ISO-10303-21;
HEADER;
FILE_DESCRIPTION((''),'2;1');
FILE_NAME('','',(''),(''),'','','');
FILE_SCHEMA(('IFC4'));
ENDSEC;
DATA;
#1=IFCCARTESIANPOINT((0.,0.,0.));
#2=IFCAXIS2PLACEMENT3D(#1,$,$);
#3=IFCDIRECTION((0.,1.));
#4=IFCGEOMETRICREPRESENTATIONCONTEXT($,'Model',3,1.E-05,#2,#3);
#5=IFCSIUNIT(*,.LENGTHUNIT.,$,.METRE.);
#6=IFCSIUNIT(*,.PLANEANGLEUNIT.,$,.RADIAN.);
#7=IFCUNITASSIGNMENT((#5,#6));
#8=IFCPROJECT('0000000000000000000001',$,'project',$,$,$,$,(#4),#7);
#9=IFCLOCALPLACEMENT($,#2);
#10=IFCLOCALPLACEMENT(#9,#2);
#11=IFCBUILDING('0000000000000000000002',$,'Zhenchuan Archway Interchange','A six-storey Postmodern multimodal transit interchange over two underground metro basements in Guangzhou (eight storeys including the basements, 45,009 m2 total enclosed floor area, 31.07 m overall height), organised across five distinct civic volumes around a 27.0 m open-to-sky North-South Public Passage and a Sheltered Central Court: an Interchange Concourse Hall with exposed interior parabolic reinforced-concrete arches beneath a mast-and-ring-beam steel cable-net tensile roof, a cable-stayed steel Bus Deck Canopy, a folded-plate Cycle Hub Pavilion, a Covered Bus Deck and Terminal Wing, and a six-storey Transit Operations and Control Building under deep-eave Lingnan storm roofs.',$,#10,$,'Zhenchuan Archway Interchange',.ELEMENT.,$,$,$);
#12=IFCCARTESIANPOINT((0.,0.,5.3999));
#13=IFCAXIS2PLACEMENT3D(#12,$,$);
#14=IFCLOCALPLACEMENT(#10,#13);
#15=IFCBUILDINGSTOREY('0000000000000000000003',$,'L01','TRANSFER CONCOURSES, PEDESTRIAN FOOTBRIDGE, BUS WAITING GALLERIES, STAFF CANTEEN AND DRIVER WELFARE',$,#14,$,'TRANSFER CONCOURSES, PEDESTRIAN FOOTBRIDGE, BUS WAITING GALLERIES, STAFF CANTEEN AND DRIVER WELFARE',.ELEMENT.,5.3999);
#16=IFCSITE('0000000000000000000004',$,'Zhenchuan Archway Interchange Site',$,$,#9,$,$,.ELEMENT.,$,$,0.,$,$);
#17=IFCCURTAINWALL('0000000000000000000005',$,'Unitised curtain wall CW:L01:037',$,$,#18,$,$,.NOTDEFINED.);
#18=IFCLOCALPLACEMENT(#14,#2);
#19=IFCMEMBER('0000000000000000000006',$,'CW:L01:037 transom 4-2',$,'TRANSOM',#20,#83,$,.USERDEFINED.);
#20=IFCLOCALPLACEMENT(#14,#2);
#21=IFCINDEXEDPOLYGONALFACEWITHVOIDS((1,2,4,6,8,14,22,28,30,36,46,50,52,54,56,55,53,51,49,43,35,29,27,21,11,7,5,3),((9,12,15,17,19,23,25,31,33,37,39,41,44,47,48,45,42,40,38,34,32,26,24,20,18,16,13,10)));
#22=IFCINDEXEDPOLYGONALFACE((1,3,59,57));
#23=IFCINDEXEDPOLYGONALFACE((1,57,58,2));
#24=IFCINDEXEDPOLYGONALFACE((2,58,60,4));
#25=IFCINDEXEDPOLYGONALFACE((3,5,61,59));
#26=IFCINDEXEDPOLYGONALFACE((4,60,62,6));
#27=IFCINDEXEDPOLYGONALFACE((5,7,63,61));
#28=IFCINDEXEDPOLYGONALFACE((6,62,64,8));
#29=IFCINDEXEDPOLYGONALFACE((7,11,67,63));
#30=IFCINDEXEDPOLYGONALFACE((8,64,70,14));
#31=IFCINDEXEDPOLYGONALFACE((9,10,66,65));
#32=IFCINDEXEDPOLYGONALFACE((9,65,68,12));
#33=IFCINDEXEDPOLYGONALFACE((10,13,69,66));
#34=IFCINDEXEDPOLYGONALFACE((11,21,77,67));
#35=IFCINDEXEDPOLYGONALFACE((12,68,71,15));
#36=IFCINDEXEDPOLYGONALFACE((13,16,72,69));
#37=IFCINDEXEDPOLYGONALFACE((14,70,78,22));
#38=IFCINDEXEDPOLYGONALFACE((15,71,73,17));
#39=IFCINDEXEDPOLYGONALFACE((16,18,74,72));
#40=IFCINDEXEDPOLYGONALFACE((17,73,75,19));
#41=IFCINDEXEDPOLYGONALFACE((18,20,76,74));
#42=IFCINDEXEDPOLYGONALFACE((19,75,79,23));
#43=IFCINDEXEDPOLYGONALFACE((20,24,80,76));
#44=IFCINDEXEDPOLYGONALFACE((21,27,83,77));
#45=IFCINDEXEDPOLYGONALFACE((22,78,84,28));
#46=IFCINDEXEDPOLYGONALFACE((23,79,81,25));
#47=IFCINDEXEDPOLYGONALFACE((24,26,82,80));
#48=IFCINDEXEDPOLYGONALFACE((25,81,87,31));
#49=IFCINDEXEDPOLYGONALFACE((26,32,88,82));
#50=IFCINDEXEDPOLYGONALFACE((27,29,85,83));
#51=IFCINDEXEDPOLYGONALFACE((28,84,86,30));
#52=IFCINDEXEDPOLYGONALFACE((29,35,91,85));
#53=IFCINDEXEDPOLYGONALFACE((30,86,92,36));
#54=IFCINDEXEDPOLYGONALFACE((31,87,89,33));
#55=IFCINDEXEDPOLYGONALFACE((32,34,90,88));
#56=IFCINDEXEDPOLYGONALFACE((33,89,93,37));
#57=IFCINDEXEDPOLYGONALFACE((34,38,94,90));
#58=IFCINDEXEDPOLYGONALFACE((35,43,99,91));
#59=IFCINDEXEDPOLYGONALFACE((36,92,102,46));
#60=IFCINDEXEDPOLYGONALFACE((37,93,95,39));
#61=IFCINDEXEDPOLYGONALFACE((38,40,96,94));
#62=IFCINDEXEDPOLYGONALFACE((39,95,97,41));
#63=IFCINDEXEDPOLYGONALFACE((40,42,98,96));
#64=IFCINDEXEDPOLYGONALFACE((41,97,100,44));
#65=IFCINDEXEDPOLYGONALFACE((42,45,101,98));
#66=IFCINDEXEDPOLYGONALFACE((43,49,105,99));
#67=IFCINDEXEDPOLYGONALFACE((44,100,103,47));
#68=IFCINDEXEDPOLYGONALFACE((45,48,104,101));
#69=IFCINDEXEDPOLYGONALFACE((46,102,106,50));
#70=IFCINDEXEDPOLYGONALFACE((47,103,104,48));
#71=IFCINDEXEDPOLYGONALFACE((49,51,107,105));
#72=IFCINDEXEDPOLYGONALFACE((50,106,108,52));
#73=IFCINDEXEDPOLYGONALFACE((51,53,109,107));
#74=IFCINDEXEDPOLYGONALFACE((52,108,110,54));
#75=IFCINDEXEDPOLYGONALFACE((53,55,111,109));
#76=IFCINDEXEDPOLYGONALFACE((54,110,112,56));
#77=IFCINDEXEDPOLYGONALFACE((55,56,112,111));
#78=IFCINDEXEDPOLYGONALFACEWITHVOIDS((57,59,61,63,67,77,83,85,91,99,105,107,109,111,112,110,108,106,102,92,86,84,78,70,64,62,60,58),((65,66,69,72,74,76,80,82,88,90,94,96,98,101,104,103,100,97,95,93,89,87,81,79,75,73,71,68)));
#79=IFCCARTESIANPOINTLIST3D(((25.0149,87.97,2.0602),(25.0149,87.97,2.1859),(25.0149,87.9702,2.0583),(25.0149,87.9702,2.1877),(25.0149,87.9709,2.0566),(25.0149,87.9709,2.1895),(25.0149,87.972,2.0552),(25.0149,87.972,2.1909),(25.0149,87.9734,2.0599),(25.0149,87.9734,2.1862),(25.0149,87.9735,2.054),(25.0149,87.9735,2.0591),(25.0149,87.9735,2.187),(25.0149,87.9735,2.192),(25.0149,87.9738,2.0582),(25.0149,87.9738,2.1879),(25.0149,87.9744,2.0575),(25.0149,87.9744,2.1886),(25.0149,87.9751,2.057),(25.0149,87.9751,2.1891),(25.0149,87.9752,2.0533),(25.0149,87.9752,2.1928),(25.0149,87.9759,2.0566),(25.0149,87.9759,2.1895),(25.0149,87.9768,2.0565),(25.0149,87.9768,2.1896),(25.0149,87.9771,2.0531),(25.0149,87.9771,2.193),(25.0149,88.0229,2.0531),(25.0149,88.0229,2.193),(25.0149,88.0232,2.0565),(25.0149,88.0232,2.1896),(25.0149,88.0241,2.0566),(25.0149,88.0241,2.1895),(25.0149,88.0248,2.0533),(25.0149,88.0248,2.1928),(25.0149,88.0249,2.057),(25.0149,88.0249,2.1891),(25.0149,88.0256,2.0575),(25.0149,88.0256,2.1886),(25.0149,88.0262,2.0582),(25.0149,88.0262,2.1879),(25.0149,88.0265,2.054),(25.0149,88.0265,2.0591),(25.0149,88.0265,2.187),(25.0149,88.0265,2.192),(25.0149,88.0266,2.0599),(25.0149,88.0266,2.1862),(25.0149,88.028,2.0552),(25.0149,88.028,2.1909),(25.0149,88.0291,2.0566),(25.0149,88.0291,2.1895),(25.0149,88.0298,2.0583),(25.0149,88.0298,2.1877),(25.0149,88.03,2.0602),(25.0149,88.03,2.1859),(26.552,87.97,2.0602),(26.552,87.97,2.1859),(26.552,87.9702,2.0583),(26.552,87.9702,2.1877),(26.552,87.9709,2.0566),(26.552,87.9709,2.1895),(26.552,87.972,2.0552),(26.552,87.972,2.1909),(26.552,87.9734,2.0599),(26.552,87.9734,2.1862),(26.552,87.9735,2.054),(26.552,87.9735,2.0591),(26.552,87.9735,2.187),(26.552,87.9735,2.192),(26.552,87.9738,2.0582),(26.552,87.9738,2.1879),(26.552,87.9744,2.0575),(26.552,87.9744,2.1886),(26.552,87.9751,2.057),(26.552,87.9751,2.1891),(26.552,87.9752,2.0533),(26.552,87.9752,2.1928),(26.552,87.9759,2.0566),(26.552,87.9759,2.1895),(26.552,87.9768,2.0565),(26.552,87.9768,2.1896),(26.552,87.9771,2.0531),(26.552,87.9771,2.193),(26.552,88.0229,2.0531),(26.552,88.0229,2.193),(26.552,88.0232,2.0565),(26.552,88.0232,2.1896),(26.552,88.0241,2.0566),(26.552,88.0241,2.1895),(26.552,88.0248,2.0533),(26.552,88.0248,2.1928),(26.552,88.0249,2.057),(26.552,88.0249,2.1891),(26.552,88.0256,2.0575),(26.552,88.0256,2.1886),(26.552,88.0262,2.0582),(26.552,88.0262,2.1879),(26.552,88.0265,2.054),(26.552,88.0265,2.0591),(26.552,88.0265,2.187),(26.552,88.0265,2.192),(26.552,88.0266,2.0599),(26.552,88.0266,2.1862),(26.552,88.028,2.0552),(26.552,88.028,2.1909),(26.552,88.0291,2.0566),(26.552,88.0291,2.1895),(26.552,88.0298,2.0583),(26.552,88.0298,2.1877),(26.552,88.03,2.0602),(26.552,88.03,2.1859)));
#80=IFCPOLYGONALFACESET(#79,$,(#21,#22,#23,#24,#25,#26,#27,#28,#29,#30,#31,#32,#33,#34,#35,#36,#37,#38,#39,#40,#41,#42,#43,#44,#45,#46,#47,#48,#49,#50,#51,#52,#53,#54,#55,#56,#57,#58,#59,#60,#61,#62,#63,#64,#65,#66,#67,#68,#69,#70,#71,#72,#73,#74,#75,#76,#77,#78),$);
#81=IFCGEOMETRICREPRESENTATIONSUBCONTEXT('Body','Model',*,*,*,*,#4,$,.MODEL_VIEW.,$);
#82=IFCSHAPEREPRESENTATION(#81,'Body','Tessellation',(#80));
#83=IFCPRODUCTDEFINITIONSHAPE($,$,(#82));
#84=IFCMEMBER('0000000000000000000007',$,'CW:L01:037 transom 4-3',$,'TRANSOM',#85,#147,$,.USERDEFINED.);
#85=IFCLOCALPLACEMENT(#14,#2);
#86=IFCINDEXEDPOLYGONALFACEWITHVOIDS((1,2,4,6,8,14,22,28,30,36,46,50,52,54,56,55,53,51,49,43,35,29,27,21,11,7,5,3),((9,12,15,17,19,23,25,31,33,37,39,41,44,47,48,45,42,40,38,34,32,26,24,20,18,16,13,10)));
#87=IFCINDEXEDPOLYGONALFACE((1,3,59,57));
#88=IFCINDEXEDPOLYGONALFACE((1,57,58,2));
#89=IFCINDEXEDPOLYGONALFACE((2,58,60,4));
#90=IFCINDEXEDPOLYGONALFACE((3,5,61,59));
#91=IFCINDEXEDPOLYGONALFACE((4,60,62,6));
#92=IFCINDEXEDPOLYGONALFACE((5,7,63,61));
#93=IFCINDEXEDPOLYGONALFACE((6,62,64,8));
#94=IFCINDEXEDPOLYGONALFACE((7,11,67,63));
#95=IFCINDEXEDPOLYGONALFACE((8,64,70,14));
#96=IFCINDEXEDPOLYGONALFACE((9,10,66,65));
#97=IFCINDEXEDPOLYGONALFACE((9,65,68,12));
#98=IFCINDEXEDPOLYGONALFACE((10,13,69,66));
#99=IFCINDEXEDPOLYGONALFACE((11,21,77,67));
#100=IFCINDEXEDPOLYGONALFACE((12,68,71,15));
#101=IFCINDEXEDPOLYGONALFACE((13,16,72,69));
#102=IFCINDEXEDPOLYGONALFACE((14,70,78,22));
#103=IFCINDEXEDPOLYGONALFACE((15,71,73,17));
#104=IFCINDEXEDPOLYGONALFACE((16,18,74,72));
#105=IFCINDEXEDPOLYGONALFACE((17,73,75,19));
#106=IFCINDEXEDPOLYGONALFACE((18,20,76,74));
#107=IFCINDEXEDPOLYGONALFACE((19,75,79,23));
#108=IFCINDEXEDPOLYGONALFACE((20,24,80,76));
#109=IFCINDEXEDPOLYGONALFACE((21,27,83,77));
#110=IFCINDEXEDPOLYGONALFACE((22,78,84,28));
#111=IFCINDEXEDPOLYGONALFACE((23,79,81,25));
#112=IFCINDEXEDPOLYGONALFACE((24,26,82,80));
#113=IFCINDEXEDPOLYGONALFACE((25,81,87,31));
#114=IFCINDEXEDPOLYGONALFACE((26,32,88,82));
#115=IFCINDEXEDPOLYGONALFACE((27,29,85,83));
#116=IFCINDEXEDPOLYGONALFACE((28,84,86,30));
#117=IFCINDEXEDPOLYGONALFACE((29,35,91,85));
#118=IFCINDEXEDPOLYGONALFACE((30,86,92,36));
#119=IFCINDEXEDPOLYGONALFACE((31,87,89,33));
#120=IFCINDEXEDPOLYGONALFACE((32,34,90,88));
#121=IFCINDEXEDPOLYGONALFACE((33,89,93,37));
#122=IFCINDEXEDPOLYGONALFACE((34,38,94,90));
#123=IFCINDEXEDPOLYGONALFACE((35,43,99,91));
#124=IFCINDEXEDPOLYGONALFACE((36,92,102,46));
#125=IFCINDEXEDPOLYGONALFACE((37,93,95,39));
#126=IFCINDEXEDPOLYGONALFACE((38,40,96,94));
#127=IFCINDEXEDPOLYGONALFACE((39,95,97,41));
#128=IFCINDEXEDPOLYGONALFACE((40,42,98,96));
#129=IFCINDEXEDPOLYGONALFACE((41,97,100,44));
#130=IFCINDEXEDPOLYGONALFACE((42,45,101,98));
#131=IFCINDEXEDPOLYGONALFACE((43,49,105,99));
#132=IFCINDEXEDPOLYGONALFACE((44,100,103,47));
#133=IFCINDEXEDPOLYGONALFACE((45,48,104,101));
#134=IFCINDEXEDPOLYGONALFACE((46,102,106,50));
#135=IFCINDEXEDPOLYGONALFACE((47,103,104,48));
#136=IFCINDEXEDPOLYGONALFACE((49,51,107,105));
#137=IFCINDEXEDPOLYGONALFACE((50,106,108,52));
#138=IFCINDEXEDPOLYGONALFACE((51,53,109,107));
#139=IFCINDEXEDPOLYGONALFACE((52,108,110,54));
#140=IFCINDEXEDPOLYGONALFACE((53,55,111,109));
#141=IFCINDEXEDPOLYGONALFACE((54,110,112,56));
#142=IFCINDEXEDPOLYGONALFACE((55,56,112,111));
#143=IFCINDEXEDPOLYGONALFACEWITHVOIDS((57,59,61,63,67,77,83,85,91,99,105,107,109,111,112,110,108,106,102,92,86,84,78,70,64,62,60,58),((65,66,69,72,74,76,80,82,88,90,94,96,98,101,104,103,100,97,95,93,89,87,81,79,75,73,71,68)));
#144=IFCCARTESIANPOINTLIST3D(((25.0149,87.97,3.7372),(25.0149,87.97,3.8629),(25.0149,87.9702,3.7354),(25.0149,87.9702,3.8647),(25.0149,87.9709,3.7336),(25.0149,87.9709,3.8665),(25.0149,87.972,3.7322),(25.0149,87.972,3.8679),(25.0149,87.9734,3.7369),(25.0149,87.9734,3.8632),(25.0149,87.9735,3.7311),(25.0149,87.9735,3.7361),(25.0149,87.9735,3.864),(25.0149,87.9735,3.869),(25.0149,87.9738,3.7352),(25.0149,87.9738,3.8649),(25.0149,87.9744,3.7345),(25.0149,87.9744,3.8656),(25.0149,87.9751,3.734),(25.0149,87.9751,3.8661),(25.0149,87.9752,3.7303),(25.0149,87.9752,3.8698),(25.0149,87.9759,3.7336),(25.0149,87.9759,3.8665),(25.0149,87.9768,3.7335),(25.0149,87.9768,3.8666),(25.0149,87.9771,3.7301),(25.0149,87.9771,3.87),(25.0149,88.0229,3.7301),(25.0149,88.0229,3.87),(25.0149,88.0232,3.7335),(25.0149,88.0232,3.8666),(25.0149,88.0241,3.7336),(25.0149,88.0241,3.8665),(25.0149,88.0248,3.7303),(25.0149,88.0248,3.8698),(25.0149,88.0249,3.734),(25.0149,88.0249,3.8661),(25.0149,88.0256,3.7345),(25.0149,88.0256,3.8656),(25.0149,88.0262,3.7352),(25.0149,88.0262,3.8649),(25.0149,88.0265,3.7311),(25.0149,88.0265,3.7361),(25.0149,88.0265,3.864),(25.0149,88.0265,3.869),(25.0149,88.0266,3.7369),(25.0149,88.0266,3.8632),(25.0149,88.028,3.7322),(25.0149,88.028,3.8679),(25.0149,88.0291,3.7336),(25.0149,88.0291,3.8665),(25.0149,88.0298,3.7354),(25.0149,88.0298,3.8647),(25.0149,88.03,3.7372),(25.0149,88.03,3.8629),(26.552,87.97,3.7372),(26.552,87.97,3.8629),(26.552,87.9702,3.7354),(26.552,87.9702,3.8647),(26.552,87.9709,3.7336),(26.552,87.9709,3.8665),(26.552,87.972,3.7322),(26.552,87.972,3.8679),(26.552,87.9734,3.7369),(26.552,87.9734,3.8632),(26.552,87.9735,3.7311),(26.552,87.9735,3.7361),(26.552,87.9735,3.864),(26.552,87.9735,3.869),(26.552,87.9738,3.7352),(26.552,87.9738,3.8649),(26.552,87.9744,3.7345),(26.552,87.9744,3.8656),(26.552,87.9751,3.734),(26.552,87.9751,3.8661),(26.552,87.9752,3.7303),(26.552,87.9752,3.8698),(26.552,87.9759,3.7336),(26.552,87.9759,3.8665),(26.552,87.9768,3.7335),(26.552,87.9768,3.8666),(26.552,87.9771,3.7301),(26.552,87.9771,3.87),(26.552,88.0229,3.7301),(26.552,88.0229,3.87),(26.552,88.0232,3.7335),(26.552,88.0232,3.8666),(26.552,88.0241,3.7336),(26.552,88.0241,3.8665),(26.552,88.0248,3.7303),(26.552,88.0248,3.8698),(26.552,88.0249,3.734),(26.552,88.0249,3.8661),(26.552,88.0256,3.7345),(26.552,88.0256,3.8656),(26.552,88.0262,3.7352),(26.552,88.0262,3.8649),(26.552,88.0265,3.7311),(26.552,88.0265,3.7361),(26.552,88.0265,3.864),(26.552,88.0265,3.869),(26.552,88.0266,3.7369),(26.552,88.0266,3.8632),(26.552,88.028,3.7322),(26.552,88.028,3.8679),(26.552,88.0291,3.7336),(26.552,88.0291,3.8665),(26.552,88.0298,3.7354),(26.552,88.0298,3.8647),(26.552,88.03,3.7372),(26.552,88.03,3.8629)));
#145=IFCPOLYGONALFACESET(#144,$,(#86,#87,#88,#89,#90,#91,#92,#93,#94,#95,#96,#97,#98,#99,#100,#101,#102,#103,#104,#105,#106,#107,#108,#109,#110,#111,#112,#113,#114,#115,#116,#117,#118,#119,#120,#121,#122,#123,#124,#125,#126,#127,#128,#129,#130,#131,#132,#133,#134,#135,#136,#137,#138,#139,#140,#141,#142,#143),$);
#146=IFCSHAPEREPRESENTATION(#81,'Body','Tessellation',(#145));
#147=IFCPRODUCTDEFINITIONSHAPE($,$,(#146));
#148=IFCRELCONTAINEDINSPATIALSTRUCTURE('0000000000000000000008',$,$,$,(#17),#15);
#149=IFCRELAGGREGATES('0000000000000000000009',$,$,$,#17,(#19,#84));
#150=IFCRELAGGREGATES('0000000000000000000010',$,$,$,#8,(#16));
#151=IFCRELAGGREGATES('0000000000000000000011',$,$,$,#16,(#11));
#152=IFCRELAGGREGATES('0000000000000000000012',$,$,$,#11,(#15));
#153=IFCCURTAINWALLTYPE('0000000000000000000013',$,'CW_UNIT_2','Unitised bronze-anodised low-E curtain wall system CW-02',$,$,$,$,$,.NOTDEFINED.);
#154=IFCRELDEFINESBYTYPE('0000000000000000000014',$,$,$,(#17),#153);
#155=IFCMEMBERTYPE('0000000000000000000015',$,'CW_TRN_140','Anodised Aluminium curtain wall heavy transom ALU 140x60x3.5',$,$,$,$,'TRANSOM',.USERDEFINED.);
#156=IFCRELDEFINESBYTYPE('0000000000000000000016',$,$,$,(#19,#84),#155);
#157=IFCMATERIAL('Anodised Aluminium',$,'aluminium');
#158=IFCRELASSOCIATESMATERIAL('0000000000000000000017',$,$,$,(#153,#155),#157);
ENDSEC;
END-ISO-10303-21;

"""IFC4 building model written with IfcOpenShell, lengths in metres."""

from ifc_helpers import new_model, si_unit, direction, frame, origin, origin_2d, place, context, subcontext, project, spatial, hollow_rectangle, extrude, material, material_profile, profile_set, type_object, element, aggregate, save


model = new_model("IFC4")

# Units and contexts
model_context = context("Model", 3, precision=1e-05, world=origin(), true_north=direction((0.0, 1.0)))
body_context = subcontext(model_context, "Body", "Model", "MODEL_VIEW")
ifc_project = project(units=[si_unit("LENGTHUNIT", "METRE"), si_unit("PLANEANGLEUNIT", "RADIAN")], contexts=[model_context])

# Site, building, storey
site_placement = place(None, origin())
site = spatial("IfcSite", under=ifc_project, at=site_placement, Name="Zhenchuan Archway Interchange Site", CompositionType="ELEMENT", RefElevation=0.0)
building_placement = place(site_placement, origin())
building = spatial("IfcBuilding", under=site, at=building_placement, Name="Zhenchuan Archway Interchange", Description="A six-storey Postmodern multimodal transit interchange over two underground metro basements in Guangzhou (eight storeys including the basements, 45,009 m2 total enclosed floor area, 31.07 m overall height), organised across five distinct civic volumes around a 27.0 m open-to-sky North-South Public Passage and a Sheltered Central Court: an Interchange Concourse Hall with exposed interior parabolic reinforced-concrete arches beneath a mast-and-ring-beam steel cable-net tensile roof, a cable-stayed steel Bus Deck Canopy, a folded-plate Cycle Hub Pavilion, a Covered Bus Deck and Terminal Wing, and a six-storey Transit Operations and Control Building under deep-eave Lingnan storm roofs.", LongName="Zhenchuan Archway Interchange", CompositionType="ELEMENT")
storey_placement = place(building_placement, frame((0.0, 0.0, 5.3999)))
storey = spatial("IfcBuildingStorey", under=building, at=storey_placement, Name="L01", Description="TRANSFER CONCOURSES, PEDESTRIAN FOOTBRIDGE, BUS WAITING GALLERIES, STAFF CANTEEN AND DRIVER WELFARE", LongName="TRANSFER CONCOURSES, PEDESTRIAN FOOTBRIDGE, BUS WAITING GALLERIES, STAFF CANTEEN AND DRIVER WELFARE", CompositionType="ELEMENT", Elevation=5.3999)

# Curtain wall
ifc_material_1 = material(Name="Anodised Aluminium", Category="aluminium")
curtain_wall_type_1 = type_object("IfcCurtainWallType", Name="CW_UNIT_2", Description="Unitised bronze-anodised low-E curtain wall system CW-02", PredefinedType="NOTDEFINED", material=ifc_material_1)
curtain_wall_1_placement = place(storey_placement, origin())
curtain_wall_1 = element("IfcCurtainWall", 1, at=curtain_wall_1_placement, inside=storey, type_object=curtain_wall_type_1, Name="Unitised curtain wall CW:L01:037", PredefinedType="NOTDEFINED")

# Members
ifc_material_profile_1 = material_profile(ifc_material_1, hollow_rectangle(XDim=0.0601, YDim=0.1399, WallThickness=0.0034, InnerFilletRadius=0.0034, OuterFilletRadius=0.0071, at=origin_2d()), Name="ALU 140x60x3.5")
ifc_profile_set_1 = profile_set([ifc_material_profile_1], Name="Anodised Aluminium")
member_type_1 = type_object("IfcMemberType", Name="CW_TRN_140", Description="Anodised Aluminium curtain wall heavy transom ALU 140x60x3.5", ElementType="TRANSOM", PredefinedType="USERDEFINED", material=ifc_profile_set_1)
member_1_placement = place(storey_placement, frame((25.0149, 88.0, 2.123), z_axis=(1.0, 0.0, 0.0), x_axis=(0.0, 1.0, 0.0)))
member_1 = element("IfcMember", 2, at=member_1_placement, type_object=member_type_1, Name="CW:L01:037 transom 4-2", ObjectType="TRANSOM", PredefinedType="USERDEFINED", context=body_context, shape_type="SweptSolid", body=[
    extrude(hollow_rectangle(XDim=0.0601, YDim=0.1399, WallThickness=0.0034, InnerFilletRadius=0.0034, OuterFilletRadius=0.0071, at=origin_2d()), origin(), (0.0, 0.0, 1.0), 1.5371),
])
member_2_placement = place(storey_placement, frame((25.0149, 88.0, 3.8), z_axis=(1.0, 0.0, 0.0), x_axis=(0.0, 1.0, 0.0)))
member_2 = element("IfcMember", 3, at=member_2_placement, type_object=member_type_1, Name="CW:L01:037 transom 4-3", ObjectType="TRANSOM", PredefinedType="USERDEFINED", context=body_context, shape_type="SweptSolid", body=[
    extrude(hollow_rectangle(XDim=0.0601, YDim=0.1399, WallThickness=0.0034, InnerFilletRadius=0.0034, OuterFilletRadius=0.0071, at=origin_2d()), origin(), (0.0, 0.0, 1.0), 1.5371),
])

aggregate(curtain_wall_1, [member_1, member_2])

save(model, "model.ifc")
